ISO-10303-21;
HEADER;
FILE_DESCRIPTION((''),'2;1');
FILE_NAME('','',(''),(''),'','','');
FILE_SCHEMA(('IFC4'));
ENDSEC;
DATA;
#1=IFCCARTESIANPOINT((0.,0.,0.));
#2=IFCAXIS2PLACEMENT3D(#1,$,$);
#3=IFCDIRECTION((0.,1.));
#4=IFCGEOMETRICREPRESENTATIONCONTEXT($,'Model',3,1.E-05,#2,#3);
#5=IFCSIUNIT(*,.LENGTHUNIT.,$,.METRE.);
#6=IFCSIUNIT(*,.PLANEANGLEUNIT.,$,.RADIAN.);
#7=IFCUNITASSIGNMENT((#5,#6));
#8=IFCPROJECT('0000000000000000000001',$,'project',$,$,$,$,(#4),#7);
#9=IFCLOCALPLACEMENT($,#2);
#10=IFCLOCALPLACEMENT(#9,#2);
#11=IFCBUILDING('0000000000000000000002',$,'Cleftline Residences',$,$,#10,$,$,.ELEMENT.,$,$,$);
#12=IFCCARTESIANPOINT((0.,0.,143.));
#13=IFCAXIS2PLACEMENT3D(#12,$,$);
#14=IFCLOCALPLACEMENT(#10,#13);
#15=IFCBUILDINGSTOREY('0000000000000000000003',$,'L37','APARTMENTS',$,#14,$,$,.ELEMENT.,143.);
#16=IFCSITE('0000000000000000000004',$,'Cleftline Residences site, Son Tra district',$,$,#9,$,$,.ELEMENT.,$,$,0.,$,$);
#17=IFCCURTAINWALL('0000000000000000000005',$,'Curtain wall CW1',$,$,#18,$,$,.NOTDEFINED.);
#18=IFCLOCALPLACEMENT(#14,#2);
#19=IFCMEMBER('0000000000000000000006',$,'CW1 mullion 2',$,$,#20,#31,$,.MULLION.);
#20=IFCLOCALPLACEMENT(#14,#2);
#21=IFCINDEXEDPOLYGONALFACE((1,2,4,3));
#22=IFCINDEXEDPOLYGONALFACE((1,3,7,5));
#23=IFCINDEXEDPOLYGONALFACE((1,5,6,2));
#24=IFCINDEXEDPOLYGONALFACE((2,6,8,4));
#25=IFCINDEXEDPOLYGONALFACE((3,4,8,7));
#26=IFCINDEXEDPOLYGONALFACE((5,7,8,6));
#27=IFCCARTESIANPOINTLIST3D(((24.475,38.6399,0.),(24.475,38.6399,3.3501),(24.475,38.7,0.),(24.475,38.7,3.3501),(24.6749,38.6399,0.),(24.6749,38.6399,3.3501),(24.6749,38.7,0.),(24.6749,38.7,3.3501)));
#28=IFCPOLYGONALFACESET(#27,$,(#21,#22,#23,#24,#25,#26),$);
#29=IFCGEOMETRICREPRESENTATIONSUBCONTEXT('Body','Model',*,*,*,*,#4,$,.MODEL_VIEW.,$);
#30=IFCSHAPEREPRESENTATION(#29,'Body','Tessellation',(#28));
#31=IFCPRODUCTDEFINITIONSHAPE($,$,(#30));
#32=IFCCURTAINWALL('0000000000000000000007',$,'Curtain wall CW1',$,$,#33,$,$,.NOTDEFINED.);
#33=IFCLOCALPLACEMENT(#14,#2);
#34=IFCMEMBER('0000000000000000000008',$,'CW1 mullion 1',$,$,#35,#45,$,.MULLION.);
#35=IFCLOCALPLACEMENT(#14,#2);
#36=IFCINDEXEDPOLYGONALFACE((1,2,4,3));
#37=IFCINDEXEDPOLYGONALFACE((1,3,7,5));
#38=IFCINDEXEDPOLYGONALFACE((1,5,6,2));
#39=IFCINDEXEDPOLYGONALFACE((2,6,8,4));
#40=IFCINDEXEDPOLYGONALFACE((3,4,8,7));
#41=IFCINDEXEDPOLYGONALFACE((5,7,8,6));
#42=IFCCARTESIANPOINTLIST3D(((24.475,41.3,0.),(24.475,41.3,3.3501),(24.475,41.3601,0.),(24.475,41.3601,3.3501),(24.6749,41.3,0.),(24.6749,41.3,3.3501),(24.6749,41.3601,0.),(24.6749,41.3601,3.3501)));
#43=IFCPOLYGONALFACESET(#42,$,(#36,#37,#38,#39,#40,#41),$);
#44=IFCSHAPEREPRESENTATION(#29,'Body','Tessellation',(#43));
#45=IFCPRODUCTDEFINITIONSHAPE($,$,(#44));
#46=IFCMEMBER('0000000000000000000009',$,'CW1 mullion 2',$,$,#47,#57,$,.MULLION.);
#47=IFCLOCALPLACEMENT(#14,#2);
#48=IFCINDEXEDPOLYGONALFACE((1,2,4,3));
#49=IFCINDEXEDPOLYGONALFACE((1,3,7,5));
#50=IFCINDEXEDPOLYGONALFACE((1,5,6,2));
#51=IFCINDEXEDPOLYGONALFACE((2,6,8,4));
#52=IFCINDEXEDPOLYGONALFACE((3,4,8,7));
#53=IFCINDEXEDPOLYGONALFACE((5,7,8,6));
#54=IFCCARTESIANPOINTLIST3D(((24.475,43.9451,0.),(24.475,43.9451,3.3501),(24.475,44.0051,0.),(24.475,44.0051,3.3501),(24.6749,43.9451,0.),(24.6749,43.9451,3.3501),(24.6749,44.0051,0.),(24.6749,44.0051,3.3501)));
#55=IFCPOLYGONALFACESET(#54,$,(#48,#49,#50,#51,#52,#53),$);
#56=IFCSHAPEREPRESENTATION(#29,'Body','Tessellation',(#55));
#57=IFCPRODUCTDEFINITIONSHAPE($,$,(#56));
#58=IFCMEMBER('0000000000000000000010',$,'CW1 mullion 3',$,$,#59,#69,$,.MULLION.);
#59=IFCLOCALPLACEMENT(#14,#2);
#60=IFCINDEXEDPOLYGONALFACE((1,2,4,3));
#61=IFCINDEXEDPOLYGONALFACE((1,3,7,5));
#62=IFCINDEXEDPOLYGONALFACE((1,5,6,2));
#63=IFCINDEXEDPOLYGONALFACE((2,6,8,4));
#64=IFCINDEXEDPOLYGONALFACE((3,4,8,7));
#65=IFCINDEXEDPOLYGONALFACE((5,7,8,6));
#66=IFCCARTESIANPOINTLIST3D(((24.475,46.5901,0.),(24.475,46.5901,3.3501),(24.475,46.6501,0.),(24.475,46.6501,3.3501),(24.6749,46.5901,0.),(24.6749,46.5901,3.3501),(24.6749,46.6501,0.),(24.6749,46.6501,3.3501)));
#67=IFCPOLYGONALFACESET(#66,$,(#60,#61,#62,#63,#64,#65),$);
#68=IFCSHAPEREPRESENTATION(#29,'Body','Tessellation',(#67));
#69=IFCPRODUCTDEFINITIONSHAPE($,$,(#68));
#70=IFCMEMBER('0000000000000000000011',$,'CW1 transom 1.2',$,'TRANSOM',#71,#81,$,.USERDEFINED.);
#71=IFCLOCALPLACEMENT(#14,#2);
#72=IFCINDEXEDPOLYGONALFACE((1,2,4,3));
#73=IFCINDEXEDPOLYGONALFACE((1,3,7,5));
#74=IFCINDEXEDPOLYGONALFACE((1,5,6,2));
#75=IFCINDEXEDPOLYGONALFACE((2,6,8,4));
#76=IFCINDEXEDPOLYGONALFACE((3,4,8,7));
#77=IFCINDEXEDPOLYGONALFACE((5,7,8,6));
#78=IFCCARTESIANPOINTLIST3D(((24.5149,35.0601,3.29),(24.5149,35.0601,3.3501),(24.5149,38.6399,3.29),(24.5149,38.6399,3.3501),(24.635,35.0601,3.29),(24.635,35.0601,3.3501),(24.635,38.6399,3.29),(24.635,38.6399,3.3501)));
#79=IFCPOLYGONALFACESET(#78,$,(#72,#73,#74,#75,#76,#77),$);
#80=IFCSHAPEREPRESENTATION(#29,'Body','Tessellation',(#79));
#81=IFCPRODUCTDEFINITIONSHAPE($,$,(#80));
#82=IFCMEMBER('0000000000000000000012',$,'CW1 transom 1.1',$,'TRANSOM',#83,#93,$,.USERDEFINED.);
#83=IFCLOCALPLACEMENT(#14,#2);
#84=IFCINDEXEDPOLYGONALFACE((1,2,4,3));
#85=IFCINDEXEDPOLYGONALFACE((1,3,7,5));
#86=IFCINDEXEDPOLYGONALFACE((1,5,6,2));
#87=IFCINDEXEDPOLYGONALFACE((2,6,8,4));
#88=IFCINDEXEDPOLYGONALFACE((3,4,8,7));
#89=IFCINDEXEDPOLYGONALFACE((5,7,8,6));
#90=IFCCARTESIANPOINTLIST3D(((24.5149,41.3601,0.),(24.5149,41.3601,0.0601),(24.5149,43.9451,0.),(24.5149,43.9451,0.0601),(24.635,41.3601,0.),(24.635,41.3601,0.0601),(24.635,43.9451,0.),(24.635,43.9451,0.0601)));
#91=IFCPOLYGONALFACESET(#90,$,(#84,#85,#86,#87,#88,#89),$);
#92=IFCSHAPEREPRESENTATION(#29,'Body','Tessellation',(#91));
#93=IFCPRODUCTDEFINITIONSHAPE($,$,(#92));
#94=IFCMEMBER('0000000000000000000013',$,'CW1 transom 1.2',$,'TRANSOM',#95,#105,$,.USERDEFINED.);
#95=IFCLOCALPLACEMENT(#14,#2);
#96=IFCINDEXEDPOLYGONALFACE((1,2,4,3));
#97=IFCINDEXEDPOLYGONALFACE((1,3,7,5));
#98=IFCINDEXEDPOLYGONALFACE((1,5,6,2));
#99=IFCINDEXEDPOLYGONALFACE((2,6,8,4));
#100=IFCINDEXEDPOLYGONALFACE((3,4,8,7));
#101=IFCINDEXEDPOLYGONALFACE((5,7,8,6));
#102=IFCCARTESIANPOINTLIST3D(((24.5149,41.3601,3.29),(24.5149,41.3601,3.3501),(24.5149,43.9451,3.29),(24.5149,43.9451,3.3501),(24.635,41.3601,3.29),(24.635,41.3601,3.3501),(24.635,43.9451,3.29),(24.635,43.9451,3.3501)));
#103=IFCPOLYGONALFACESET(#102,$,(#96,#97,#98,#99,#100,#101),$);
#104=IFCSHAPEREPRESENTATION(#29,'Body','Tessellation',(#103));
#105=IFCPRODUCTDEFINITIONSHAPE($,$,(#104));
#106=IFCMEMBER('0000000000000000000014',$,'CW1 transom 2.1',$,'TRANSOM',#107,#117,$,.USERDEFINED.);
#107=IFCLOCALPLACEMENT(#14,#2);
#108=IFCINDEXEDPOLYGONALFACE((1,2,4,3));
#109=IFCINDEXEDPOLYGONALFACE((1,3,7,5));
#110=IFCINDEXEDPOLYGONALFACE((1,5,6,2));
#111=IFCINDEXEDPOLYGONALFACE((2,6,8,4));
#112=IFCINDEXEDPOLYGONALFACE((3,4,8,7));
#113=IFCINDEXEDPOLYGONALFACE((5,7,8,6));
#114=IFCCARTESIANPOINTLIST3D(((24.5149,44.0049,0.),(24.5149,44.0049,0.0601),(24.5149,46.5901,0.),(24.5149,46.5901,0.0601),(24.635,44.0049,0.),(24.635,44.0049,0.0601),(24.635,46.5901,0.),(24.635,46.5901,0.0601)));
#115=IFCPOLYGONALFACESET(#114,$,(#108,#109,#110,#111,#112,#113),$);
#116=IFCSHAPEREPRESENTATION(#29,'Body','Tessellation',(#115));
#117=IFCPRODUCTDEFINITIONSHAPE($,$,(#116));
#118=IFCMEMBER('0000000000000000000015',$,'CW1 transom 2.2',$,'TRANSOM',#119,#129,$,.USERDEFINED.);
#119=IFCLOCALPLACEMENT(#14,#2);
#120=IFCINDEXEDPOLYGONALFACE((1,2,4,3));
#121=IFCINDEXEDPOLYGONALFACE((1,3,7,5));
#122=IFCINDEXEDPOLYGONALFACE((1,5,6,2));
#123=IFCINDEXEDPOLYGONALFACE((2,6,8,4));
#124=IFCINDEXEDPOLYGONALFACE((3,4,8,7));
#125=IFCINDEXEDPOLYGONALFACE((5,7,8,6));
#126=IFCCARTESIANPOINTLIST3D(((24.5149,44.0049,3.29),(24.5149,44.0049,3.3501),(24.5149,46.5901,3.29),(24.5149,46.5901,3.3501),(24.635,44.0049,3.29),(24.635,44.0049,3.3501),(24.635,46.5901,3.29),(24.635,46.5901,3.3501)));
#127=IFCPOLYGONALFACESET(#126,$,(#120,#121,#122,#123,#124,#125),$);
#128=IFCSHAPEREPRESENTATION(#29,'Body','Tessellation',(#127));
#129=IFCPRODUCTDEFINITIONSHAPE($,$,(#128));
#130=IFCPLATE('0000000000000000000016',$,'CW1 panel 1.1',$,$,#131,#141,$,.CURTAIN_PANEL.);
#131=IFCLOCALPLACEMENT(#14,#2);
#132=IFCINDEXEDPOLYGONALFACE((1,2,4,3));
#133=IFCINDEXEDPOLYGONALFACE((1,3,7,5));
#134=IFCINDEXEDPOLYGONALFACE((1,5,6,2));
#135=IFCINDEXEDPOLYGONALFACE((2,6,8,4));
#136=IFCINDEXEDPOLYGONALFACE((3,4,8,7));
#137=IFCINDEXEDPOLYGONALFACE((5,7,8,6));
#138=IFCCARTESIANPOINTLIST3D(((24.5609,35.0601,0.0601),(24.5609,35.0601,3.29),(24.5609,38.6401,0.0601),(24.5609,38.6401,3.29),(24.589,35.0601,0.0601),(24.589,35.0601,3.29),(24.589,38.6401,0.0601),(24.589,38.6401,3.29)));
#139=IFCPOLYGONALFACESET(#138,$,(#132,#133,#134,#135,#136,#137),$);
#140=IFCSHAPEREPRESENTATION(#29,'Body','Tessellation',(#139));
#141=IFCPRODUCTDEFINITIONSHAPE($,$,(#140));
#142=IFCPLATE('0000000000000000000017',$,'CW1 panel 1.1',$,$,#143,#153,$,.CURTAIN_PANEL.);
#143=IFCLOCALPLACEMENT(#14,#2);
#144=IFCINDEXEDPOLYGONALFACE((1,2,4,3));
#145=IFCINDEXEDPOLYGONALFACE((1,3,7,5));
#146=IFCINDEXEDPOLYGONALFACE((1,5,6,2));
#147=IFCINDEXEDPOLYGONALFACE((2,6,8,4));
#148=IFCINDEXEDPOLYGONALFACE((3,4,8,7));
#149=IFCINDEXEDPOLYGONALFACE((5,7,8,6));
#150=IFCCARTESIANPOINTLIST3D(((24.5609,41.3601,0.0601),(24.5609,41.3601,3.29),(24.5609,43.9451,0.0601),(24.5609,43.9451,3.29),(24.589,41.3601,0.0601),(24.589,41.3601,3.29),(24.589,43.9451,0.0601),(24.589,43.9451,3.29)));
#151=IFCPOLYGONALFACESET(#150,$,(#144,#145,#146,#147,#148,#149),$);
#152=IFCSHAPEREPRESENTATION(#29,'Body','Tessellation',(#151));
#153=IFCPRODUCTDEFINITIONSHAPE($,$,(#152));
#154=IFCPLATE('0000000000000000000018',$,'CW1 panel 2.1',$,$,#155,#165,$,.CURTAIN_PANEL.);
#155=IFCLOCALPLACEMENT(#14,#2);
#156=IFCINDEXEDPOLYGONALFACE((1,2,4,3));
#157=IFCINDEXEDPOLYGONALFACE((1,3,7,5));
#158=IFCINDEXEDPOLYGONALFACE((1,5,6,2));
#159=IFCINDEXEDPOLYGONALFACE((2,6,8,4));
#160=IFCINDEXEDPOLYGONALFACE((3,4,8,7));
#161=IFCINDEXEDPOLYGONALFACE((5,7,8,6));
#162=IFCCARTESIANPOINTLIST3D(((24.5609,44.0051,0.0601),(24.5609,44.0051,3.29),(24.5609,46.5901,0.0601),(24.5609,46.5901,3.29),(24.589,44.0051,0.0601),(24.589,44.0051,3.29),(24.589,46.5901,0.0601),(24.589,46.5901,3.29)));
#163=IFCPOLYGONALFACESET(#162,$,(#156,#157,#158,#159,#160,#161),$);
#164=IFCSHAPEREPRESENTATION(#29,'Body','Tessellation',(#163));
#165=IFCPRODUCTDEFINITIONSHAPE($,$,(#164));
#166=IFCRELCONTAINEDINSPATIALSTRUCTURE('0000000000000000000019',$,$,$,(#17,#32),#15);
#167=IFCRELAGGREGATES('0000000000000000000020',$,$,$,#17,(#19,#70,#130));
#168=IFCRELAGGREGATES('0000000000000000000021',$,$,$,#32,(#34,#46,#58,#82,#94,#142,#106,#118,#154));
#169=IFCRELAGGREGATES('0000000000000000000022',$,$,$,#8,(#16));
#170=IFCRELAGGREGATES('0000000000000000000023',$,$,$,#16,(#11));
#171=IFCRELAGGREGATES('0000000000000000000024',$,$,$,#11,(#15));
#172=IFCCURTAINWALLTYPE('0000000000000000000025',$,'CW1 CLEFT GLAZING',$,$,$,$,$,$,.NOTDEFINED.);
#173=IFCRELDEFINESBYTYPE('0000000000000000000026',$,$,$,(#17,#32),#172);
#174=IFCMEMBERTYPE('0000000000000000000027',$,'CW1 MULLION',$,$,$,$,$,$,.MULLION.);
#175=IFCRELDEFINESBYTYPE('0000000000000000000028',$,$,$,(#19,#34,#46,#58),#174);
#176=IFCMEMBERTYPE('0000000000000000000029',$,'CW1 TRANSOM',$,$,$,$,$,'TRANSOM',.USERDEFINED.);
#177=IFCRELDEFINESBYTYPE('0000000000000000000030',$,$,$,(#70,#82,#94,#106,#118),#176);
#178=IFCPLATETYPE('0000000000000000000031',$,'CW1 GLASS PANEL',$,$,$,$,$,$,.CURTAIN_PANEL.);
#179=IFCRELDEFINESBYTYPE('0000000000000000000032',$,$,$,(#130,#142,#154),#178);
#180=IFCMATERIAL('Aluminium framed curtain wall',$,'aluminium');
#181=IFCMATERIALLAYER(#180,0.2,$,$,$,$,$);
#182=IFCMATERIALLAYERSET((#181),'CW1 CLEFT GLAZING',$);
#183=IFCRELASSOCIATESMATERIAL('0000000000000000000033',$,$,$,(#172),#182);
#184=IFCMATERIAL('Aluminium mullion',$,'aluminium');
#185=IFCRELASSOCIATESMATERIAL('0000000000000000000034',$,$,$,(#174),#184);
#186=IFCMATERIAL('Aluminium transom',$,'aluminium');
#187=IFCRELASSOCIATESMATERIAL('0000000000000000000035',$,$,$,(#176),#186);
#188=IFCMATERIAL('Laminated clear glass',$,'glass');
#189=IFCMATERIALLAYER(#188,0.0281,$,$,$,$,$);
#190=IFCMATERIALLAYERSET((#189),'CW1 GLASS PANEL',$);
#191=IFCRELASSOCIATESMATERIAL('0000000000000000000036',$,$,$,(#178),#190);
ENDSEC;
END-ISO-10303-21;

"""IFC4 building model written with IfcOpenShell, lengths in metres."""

from ifc_helpers import new_model, si_unit, direction, frame, origin, origin_2d, place, context, subcontext, project, spatial, rectangle, extrude, material, layer, layer_set, material_profile, profile_set, type_object, element, aggregate, save


model = new_model("IFC4")

# Units and contexts
model_context = context("Model", 3, precision=1e-05, world=origin(), true_north=direction((0.0, 1.0)))
body_context = subcontext(model_context, "Body", "Model", "MODEL_VIEW")
ifc_project = project(units=[si_unit("LENGTHUNIT", "METRE"), si_unit("PLANEANGLEUNIT", "RADIAN")], contexts=[model_context])

# Site, building, storey
site_placement = place(None, origin())
site = spatial("IfcSite", under=ifc_project, at=site_placement, Name="Cleftline Residences site, Son Tra district", CompositionType="ELEMENT", RefElevation=0.0)
building_placement = place(site_placement, origin())
building = spatial("IfcBuilding", under=site, at=building_placement, Name="Cleftline Residences", CompositionType="ELEMENT")
storey_placement = place(building_placement, frame((0.0, 0.0, 143.0)))
storey = spatial("IfcBuildingStorey", under=building, at=storey_placement, Name="L37", Description="APARTMENTS", CompositionType="ELEMENT", Elevation=143.0)

# Curtain wall, member
ifc_material_1 = material(Name="Aluminium framed curtain wall", Category="aluminium")
ifc_layer_1 = layer(ifc_material_1, 0.2)
ifc_layer_set_1 = layer_set([ifc_layer_1], Name="CW1 CLEFT GLAZING")
curtain_wall_type = type_object("IfcCurtainWallType", Name="CW1 CLEFT GLAZING", PredefinedType="NOTDEFINED", material=ifc_layer_set_1)
curtain_wall_1_placement = place(storey_placement, origin())
curtain_wall_1 = element("IfcCurtainWall", 1, at=curtain_wall_1_placement, inside=storey, type_object=curtain_wall_type, Name="Curtain wall CW1", PredefinedType="NOTDEFINED")
ifc_material_2 = material(Name="Aluminium mullion", Category="aluminium")
ifc_material_profile_1 = material_profile(ifc_material_2, rectangle(XDim=0.2, YDim=0.0601, at=origin_2d()))
ifc_profile_set_1 = profile_set([ifc_material_profile_1], Name="Aluminium mullion")
member_type_1 = type_object("IfcMemberType", Name="CW1 MULLION", PredefinedType="MULLION", material=ifc_profile_set_1)
member_1_placement = place(storey_placement, frame((24.575, 38.6699, 0.0), z_axis=(0.0, 0.0, 1.0), x_axis=(-1.0, 0.0, 0.0)))
member_1 = element("IfcMember", 2, at=member_1_placement, type_object=member_type_1, Name="CW1 mullion 2", PredefinedType="MULLION", context=body_context, shape_type="SweptSolid", body=[
    extrude(rectangle(XDim=0.2, YDim=0.0601, at=origin_2d()), origin(), (0.0, 0.0, 1.0), 3.3501),
])

# Curtain wall, members
curtain_wall_2_placement = place(storey_placement, origin())
curtain_wall_2 = element("IfcCurtainWall", 3, at=curtain_wall_2_placement, inside=storey, type_object=curtain_wall_type, Name="Curtain wall CW1", PredefinedType="NOTDEFINED")
member_2_placement = place(storey_placement, frame((24.575, 41.3301, 0.0), z_axis=(0.0, 0.0, 1.0), x_axis=(-1.0, 0.0, 0.0)))
member_2 = element("IfcMember", 4, at=member_2_placement, type_object=member_type_1, Name="CW1 mullion 1", PredefinedType="MULLION", context=body_context, shape_type="SweptSolid", body=[
    extrude(rectangle(XDim=0.2, YDim=0.0601, at=origin_2d()), origin(), (0.0, 0.0, 1.0), 3.3501),
])
member_3_placement = place(storey_placement, frame((24.575, 43.9751, 0.0), z_axis=(0.0, 0.0, 1.0), x_axis=(-1.0, 0.0, 0.0)))
member_3 = element("IfcMember", 5, at=member_3_placement, type_object=member_type_1, Name="CW1 mullion 2", PredefinedType="MULLION", context=body_context, shape_type="SweptSolid", body=[
    extrude(rectangle(XDim=0.2, YDim=0.0601, at=origin_2d()), origin(), (0.0, 0.0, 1.0), 3.3501),
])
member_4_placement = place(storey_placement, frame((24.575, 46.6201, 0.0), z_axis=(0.0, 0.0, 1.0), x_axis=(-1.0, 0.0, 0.0)))
member_4 = element("IfcMember", 6, at=member_4_placement, type_object=member_type_1, Name="CW1 mullion 3", PredefinedType="MULLION", context=body_context, shape_type="SweptSolid", body=[
    extrude(rectangle(XDim=0.2, YDim=0.0601, at=origin_2d()), origin(), (0.0, 0.0, 1.0), 3.3501),
])

# Members
ifc_material_3 = material(Name="Aluminium transom", Category="aluminium")
ifc_material_profile_2 = material_profile(ifc_material_3, rectangle(XDim=0.1201, YDim=0.0601, at=origin_2d()))
ifc_profile_set_2 = profile_set([ifc_material_profile_2], Name="Aluminium transom")
member_type_2 = type_object("IfcMemberType", Name="CW1 TRANSOM", ElementType="TRANSOM", PredefinedType="USERDEFINED", material=ifc_profile_set_2)
member_5_placement = place(storey_placement, frame((24.575, 35.0601, 3.3201), z_axis=(0.0, 1.0, 0.0), x_axis=(-1.0, 0.0, 0.0)))
member_5 = element("IfcMember", 7, at=member_5_placement, type_object=member_type_2, Name="CW1 transom 1.2", ObjectType="TRANSOM", PredefinedType="USERDEFINED", context=body_context, shape_type="SweptSolid", body=[
    extrude(rectangle(XDim=0.1201, YDim=0.0601, at=origin_2d()), origin(), (0.0, 0.0, 1.0), 3.5798),
])
member_6_placement = place(storey_placement, frame((24.575, 41.3601, 0.03), z_axis=(0.0, 1.0, 0.0), x_axis=(-1.0, 0.0, 0.0)))
member_6 = element("IfcMember", 8, at=member_6_placement, type_object=member_type_2, Name="CW1 transom 1.1", ObjectType="TRANSOM", PredefinedType="USERDEFINED", context=body_context, shape_type="SweptSolid", body=[
    extrude(rectangle(XDim=0.1201, YDim=0.0601, at=origin_2d()), origin(), (0.0, 0.0, 1.0), 2.585),
])
member_7_placement = place(storey_placement, frame((24.575, 41.3601, 3.3201), z_axis=(0.0, 1.0, 0.0), x_axis=(-1.0, 0.0, 0.0)))
member_7 = element("IfcMember", 9, at=member_7_placement, type_object=member_type_2, Name="CW1 transom 1.2", ObjectType="TRANSOM", PredefinedType="USERDEFINED", context=body_context, shape_type="SweptSolid", body=[
    extrude(rectangle(XDim=0.1201, YDim=0.0601, at=origin_2d()), origin(), (0.0, 0.0, 1.0), 2.585),
])
member_8_placement = place(storey_placement, frame((24.575, 44.0049, 0.03), z_axis=(0.0, 1.0, 0.0), x_axis=(-1.0, 0.0, 0.0)))
member_8 = element("IfcMember", 10, at=member_8_placement, type_object=member_type_2, Name="CW1 transom 2.1", ObjectType="TRANSOM", PredefinedType="USERDEFINED", context=body_context, shape_type="SweptSolid", body=[
    extrude(rectangle(XDim=0.1201, YDim=0.0601, at=origin_2d()), origin(), (0.0, 0.0, 1.0), 2.5852),
])
member_9_placement = place(storey_placement, frame((24.575, 44.0049, 3.3201), z_axis=(0.0, 1.0, 0.0), x_axis=(-1.0, 0.0, 0.0)))
member_9 = element("IfcMember", 11, at=member_9_placement, type_object=member_type_2, Name="CW1 transom 2.2", ObjectType="TRANSOM", PredefinedType="USERDEFINED", context=body_context, shape_type="SweptSolid", body=[
    extrude(rectangle(XDim=0.1201, YDim=0.0601, at=origin_2d()), origin(), (0.0, 0.0, 1.0), 2.5852),
])

# Plates
ifc_material_4 = material(Name="Laminated clear glass", Category="glass")
ifc_layer_2 = layer(ifc_material_4, 0.0281)
ifc_layer_set_2 = layer_set([ifc_layer_2], Name="CW1 GLASS PANEL")
plate_type = type_object("IfcPlateType", Name="CW1 GLASS PANEL", PredefinedType="CURTAIN_PANEL", material=ifc_layer_set_2)
plate_1_placement = place(storey_placement, frame((24.575, 36.8501, 0.0601), z_axis=(0.0, 0.0, 1.0), x_axis=(0.0, 1.0, 0.0)))
plate_1 = element("IfcPlate", 12, at=plate_1_placement, type_object=plate_type, Name="CW1 panel 1.1", PredefinedType="CURTAIN_PANEL", context=body_context, shape_type="SweptSolid", body=[
    extrude(rectangle(XDim=3.5801, YDim=0.0281, at=origin_2d()), origin(), (0.0, 0.0, 1.0), 3.23),
])
aggregate(curtain_wall_1, [member_1, member_5, plate_1])
plate_2_placement = place(storey_placement, frame((24.575, 42.6526, 0.0601), z_axis=(0.0, 0.0, 1.0), x_axis=(0.0, 1.0, 0.0)))
plate_2 = element("IfcPlate", 13, at=plate_2_placement, type_object=plate_type, Name="CW1 panel 1.1", PredefinedType="CURTAIN_PANEL", context=body_context, shape_type="SweptSolid", body=[
    extrude(rectangle(XDim=2.585, YDim=0.0281, at=origin_2d()), origin(), (0.0, 0.0, 1.0), 3.23),
])
plate_3_placement = place(storey_placement, frame((24.575, 45.2976, 0.0601), z_axis=(0.0, 0.0, 1.0), x_axis=(0.0, 1.0, 0.0)))
plate_3 = element("IfcPlate", 14, at=plate_3_placement, type_object=plate_type, Name="CW1 panel 2.1", PredefinedType="CURTAIN_PANEL", context=body_context, shape_type="SweptSolid", body=[
    extrude(rectangle(XDim=2.585, YDim=0.0281, at=origin_2d()), origin(), (0.0, 0.0, 1.0), 3.23),
])
aggregate(curtain_wall_2, [member_2, member_3, member_4, member_6, member_7, plate_2, member_8, member_9, plate_3])

save(model, "model.ifc")
